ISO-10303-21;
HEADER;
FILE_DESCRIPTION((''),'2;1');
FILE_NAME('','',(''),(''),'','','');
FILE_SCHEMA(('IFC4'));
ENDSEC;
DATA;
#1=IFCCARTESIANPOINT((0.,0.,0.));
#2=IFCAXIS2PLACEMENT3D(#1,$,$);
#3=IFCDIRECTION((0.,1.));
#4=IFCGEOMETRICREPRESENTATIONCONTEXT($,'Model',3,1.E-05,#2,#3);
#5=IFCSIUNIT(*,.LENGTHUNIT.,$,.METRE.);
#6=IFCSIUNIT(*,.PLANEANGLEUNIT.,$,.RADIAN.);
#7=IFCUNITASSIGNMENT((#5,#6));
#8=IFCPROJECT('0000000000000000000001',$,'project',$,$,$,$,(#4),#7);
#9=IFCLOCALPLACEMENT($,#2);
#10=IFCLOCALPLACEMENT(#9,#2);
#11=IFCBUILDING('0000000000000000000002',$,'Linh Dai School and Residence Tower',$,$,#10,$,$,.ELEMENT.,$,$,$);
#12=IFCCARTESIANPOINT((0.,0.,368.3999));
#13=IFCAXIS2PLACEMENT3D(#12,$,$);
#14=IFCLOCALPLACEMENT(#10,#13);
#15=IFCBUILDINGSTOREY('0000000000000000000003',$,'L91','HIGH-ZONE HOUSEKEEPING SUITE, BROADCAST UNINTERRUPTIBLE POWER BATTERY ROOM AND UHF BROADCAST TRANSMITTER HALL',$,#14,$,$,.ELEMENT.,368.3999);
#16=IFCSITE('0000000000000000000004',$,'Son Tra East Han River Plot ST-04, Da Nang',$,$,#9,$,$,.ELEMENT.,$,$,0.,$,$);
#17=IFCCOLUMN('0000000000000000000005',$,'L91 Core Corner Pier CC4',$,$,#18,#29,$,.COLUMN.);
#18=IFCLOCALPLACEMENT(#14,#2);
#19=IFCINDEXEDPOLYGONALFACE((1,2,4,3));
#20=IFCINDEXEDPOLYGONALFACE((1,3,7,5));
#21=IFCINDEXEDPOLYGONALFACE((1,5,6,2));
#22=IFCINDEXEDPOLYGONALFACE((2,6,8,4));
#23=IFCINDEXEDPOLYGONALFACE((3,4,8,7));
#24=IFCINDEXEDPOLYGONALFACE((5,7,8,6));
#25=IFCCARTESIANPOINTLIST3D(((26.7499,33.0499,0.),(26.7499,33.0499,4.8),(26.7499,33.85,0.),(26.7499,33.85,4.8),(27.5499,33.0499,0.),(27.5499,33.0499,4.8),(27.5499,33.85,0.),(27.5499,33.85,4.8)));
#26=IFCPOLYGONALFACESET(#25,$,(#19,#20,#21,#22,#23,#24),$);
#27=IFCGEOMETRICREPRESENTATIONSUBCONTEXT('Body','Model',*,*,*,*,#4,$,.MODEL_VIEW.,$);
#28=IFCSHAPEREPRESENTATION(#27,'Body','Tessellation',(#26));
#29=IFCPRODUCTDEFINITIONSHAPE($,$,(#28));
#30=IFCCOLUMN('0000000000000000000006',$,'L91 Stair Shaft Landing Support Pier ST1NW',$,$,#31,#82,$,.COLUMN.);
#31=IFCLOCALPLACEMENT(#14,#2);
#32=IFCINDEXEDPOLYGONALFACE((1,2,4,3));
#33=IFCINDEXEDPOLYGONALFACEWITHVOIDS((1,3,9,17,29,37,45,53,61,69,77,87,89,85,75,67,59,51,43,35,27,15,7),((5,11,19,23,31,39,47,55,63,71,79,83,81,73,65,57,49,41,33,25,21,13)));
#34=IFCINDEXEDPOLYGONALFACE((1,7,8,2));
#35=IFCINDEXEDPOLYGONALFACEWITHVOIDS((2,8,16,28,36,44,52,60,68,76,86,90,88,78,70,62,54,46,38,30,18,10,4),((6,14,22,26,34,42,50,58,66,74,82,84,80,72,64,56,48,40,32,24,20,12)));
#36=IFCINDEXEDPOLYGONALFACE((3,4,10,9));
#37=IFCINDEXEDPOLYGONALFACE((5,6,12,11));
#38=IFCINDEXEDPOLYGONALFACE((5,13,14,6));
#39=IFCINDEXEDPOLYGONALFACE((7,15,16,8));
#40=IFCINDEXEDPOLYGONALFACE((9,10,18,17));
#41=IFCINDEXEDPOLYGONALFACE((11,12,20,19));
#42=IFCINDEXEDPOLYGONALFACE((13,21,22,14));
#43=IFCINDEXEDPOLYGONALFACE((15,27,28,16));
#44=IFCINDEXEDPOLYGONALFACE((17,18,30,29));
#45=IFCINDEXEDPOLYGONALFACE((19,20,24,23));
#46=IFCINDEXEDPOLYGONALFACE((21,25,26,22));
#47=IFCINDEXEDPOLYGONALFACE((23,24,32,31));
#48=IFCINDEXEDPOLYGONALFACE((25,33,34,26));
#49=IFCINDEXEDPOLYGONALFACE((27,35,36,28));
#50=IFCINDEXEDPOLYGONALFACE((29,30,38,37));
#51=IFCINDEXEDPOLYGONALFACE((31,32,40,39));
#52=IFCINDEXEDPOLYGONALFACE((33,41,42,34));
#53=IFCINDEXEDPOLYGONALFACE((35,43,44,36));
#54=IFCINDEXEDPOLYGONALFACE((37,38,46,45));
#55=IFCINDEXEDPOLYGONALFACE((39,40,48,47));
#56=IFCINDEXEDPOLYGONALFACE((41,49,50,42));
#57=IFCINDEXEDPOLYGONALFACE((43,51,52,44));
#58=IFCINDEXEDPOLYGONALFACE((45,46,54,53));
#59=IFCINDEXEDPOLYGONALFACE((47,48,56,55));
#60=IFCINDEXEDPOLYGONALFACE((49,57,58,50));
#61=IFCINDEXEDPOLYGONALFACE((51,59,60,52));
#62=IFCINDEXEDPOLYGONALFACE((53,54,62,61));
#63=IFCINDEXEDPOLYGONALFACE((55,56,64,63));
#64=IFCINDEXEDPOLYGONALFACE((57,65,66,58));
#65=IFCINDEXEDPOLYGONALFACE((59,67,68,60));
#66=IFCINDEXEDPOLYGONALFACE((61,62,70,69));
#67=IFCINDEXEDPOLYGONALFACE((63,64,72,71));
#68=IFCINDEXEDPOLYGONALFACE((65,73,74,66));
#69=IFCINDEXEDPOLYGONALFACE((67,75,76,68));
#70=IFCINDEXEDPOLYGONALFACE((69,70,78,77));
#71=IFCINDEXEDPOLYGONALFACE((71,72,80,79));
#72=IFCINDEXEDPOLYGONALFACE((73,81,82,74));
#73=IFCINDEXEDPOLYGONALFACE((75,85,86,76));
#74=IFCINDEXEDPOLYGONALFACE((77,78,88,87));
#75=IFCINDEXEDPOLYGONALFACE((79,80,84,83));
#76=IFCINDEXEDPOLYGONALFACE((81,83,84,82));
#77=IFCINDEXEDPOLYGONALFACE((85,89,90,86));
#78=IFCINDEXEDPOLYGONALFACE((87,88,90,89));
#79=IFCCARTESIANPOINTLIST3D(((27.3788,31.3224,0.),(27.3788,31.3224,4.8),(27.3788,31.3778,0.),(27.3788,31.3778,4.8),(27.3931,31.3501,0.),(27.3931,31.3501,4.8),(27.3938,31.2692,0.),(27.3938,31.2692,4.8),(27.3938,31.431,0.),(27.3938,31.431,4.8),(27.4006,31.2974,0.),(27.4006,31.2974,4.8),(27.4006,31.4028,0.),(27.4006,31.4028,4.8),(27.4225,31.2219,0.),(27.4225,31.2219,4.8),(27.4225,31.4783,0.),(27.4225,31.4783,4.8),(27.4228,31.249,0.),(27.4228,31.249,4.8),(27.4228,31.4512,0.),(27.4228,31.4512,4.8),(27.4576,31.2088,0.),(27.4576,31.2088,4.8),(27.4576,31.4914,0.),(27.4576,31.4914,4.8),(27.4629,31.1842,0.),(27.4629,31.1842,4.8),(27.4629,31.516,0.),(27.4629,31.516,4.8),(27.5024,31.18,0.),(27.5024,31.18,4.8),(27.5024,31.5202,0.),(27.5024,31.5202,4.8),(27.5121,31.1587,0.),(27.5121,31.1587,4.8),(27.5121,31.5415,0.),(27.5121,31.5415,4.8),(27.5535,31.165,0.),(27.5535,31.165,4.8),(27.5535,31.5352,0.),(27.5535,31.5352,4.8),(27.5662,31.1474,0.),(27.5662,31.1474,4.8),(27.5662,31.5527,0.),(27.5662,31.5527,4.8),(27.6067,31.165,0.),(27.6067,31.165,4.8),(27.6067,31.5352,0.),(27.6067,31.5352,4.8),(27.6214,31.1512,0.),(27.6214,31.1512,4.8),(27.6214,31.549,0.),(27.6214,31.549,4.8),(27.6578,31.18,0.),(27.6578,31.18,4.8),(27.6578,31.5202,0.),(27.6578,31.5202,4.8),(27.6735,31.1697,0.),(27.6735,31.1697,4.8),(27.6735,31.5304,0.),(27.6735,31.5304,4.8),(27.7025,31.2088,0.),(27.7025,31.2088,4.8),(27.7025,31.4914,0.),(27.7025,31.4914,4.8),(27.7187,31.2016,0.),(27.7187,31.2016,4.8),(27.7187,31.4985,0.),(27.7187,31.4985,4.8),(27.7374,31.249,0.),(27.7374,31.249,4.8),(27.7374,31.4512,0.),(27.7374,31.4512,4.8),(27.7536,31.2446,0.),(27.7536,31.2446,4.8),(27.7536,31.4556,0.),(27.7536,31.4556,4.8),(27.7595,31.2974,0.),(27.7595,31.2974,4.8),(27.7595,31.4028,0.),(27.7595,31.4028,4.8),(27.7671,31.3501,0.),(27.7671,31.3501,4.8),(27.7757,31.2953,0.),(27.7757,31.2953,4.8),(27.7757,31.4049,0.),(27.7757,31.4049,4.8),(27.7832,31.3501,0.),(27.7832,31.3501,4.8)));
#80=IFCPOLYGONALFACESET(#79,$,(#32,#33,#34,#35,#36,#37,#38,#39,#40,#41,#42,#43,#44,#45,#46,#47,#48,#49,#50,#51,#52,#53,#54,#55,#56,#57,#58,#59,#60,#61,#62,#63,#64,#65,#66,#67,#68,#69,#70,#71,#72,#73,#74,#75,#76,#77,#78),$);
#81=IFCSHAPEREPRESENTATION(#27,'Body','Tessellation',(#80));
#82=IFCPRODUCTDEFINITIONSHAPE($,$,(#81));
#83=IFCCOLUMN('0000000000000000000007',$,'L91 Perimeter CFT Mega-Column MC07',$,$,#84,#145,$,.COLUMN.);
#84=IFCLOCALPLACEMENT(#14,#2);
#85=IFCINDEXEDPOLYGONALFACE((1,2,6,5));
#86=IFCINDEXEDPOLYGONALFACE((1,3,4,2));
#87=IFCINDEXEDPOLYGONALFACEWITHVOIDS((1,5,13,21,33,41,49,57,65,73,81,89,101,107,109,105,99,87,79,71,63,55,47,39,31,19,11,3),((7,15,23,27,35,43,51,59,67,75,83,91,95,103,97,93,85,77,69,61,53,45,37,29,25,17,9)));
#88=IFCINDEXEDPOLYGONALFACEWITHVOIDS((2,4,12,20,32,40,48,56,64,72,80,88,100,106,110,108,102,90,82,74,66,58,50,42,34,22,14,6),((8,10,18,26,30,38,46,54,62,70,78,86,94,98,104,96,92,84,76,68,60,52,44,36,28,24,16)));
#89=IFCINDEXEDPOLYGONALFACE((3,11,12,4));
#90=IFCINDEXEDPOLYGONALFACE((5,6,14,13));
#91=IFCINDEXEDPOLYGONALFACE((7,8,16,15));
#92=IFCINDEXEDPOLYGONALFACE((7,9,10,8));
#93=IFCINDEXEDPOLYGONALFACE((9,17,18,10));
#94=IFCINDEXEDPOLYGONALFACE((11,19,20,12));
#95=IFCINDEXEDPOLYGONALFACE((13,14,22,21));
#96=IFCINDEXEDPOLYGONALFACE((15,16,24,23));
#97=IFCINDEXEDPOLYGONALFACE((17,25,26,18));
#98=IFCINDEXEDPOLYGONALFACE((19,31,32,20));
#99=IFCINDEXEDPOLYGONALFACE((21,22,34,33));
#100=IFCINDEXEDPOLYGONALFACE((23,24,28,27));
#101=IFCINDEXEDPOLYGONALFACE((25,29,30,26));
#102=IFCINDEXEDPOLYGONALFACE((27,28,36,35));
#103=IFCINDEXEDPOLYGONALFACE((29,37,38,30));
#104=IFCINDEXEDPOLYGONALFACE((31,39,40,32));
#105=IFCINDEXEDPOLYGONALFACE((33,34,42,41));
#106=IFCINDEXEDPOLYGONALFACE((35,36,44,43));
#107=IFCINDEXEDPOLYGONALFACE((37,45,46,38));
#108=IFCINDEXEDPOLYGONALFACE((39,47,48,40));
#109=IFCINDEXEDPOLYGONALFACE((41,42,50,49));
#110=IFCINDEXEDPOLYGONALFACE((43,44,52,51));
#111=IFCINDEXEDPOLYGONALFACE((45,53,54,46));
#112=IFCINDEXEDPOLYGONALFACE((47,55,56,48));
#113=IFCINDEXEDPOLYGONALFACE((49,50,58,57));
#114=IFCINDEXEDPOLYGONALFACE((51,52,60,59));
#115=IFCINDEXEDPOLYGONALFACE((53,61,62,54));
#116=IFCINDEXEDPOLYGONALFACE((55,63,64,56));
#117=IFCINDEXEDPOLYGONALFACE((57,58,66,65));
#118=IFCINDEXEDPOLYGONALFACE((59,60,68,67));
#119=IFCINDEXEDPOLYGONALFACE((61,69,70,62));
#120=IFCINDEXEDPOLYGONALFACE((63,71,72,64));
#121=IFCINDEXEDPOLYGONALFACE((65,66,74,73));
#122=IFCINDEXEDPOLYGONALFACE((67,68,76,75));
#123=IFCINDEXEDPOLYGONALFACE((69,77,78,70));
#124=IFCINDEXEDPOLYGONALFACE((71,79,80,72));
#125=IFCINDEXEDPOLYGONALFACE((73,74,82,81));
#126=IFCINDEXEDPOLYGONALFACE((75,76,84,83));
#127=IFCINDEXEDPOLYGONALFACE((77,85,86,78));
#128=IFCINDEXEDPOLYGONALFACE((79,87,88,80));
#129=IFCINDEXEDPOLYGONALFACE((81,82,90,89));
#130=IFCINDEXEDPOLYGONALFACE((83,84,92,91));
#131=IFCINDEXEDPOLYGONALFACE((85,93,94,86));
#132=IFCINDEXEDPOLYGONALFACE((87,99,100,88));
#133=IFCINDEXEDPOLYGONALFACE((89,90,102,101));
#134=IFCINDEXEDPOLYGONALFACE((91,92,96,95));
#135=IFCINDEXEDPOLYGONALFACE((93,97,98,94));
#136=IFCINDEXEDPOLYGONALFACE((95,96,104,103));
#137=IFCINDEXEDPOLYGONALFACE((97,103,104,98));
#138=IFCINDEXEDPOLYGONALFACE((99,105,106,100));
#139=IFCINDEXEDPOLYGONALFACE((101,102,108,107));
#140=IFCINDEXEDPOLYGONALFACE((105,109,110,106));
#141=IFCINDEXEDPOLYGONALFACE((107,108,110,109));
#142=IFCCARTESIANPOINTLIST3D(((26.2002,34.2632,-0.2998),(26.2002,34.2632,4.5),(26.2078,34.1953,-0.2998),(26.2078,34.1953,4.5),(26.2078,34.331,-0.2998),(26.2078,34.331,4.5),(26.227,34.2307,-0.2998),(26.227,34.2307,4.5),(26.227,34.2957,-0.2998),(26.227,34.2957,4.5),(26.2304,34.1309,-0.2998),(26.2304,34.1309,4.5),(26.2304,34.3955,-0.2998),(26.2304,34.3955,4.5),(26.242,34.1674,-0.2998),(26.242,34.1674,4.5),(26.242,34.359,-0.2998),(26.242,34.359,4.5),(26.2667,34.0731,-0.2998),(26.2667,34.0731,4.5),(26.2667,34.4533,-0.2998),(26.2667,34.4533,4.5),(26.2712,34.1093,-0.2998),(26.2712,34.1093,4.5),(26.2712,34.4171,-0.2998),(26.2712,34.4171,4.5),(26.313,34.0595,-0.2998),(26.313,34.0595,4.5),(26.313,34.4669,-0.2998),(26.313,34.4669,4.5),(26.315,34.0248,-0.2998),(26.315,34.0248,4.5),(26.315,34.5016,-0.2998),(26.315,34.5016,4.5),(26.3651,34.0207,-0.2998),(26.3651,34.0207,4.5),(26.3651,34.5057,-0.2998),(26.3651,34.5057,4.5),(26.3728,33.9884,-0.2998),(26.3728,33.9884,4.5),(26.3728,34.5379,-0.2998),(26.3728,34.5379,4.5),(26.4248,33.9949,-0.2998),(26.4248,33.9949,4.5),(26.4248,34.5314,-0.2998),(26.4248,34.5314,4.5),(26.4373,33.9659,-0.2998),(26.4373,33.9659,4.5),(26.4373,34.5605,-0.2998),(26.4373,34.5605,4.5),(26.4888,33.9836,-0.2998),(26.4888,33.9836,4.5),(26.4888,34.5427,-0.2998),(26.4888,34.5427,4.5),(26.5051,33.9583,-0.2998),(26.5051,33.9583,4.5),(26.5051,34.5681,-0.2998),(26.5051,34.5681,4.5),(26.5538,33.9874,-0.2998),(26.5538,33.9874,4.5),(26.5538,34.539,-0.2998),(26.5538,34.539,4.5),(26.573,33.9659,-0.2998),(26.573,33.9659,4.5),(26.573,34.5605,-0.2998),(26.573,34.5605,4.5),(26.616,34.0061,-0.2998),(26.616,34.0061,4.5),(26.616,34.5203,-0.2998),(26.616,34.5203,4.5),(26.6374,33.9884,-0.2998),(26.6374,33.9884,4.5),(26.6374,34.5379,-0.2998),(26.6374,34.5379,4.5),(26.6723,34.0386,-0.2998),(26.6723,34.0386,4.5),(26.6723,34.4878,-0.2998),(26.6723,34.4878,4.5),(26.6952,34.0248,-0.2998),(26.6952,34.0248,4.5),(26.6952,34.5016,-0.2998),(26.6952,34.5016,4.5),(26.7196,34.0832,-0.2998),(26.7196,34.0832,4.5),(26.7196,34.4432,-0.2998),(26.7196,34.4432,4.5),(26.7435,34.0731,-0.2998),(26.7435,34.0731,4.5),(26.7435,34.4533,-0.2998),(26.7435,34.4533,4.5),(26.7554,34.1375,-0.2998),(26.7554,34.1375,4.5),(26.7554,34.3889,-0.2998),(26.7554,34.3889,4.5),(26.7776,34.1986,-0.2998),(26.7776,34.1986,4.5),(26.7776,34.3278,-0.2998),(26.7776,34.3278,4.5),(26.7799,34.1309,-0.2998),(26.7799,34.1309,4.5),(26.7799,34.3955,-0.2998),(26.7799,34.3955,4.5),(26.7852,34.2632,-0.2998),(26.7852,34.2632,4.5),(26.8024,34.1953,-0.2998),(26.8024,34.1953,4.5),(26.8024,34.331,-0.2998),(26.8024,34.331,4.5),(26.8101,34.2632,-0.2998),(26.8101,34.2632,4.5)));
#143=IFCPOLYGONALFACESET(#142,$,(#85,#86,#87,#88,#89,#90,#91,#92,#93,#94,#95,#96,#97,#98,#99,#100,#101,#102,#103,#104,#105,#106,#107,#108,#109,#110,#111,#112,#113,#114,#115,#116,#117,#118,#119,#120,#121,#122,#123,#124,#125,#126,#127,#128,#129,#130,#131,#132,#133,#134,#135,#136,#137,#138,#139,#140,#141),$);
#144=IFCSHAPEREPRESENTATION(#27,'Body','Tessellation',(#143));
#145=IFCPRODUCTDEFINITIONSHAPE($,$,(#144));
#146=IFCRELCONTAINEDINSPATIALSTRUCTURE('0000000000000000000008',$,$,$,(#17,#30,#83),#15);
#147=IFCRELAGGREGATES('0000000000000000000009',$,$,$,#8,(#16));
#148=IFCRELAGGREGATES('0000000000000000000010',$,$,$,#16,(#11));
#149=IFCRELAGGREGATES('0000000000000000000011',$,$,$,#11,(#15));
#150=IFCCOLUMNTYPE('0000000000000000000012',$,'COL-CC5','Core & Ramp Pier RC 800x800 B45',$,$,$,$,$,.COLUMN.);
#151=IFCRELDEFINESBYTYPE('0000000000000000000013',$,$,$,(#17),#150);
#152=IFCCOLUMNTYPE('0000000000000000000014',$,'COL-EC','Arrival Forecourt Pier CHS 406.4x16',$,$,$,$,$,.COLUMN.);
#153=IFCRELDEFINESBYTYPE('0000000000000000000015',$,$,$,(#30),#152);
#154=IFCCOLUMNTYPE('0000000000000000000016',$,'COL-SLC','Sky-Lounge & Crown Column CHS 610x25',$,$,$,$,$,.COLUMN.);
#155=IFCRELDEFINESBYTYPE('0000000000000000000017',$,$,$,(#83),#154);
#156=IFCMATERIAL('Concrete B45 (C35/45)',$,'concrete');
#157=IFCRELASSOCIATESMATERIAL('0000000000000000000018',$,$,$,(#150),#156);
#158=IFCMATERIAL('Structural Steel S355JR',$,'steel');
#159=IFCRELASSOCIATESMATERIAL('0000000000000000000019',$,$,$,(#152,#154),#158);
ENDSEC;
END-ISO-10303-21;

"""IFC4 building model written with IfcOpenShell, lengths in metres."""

from ifc_helpers import new_model, si_unit, direction, frame, origin, origin_2d, place, context, subcontext, project, spatial, rectangle, hollow_circle, extrude, material, material_profile, profile_set, type_object, element, save


model = new_model("IFC4")

# Units and contexts
model_context = context("Model", 3, precision=1e-05, world=origin(), true_north=direction((0.0, 1.0)))
body_context = subcontext(model_context, "Body", "Model", "MODEL_VIEW")
ifc_project = project(units=[si_unit("LENGTHUNIT", "METRE"), si_unit("PLANEANGLEUNIT", "RADIAN")], contexts=[model_context])

# Site, building, storey
site_placement = place(None, origin())
site = spatial("IfcSite", under=ifc_project, at=site_placement, Name="Son Tra East Han River Plot ST-04, Da Nang", CompositionType="ELEMENT", RefElevation=0.0)
building_placement = place(site_placement, origin())
building = spatial("IfcBuilding", under=site, at=building_placement, Name="Linh Dai School and Residence Tower", CompositionType="ELEMENT")
storey_placement = place(building_placement, frame((0.0, 0.0, 368.3999)))
storey = spatial("IfcBuildingStorey", under=building, at=storey_placement, Name="L91", Description="HIGH-ZONE HOUSEKEEPING SUITE, BROADCAST UNINTERRUPTIBLE POWER BATTERY ROOM AND UHF BROADCAST TRANSMITTER HALL", CompositionType="ELEMENT", Elevation=368.3999)

# Columns
ifc_material_1 = material(Name="Concrete B45 (C35/45)", Category="concrete")
ifc_material_profile_1 = material_profile(ifc_material_1, rectangle(XDim=0.8, YDim=0.8, at=origin_2d()), Name="RC 800x800")
ifc_profile_set_1 = profile_set([ifc_material_profile_1], Name="Concrete B45 (C35/45)")
column_type_1 = type_object("IfcColumnType", Name="COL-CC5", Description="Core & Ramp Pier RC 800x800 B45", PredefinedType="COLUMN", material=ifc_profile_set_1)
column_1_placement = place(storey_placement, frame((27.1499, 33.45, 0.0), z_axis=(0.0, 0.0, 1.0), x_axis=(1.0, 0.0, 0.0)))
element("IfcColumn", 1, at=column_1_placement, inside=storey, type_object=column_type_1, Name="L91 Core Corner Pier CC4", PredefinedType="COLUMN", context=body_context, shape_type="SweptSolid", body=[
    extrude(rectangle(XDim=0.8, YDim=0.8, at=origin_2d()), origin(), (0.0, 0.0, 1.0), 4.8),
])
ifc_material_2 = material(Name="Structural Steel S355JR", Category="steel")
ifc_material_profile_2 = material_profile(ifc_material_2, hollow_circle(Radius=0.2031, WallThickness=0.0161, at=origin_2d()), Name="CHS 406.4x16")
ifc_profile_set_2 = profile_set([ifc_material_profile_2], Name="Structural Steel S355JR")
column_type_2 = type_object("IfcColumnType", Name="COL-EC", Description="Arrival Forecourt Pier CHS 406.4x16", PredefinedType="COLUMN", material=ifc_profile_set_2)
column_2_placement = place(storey_placement, frame((27.5801, 31.3501, 0.0), z_axis=(0.0, 0.0, 1.0), x_axis=(1.0, 0.0, 0.0)))
element("IfcColumn", 2, at=column_2_placement, inside=storey, type_object=column_type_2, Name="L91 Stair Shaft Landing Support Pier ST1NW", PredefinedType="COLUMN", context=body_context, shape_type="SweptSolid", body=[
    extrude(hollow_circle(Radius=0.2031, WallThickness=0.0161, at=origin_2d()), origin(), (0.0, 0.0, 1.0), 4.8),
])
ifc_material_profile_3 = material_profile(ifc_material_2, hollow_circle(Radius=0.3049, WallThickness=0.0249, at=origin_2d()), Name="CHS 610x25")
ifc_profile_set_3 = profile_set([ifc_material_profile_3], Name="Structural Steel S355JR")
column_type_3 = type_object("IfcColumnType", Name="COL-SLC", Description="Sky-Lounge & Crown Column CHS 610x25", PredefinedType="COLUMN", material=ifc_profile_set_3)
for number, where, z_axis, x_axis, name in (
    (3, (26.5051, 34.2632, -0.2998), (0.0, 0.0, 1.0), (1.0, 0.0, 0.0), "L91 Perimeter CFT Mega-Column MC07"),
):
    element("IfcColumn", number, at=place(storey_placement, frame(where, z_axis=z_axis, x_axis=x_axis)), inside=storey, type_object=column_type_3, Name=name, PredefinedType="COLUMN", context=body_context, shape_type="SweptSolid", body=[
        extrude(hollow_circle(Radius=0.3049, WallThickness=0.0249, at=origin_2d()), origin(), (0.0, 0.0, 1.0), 4.7998),
    ])

save(model, "model.ifc")
